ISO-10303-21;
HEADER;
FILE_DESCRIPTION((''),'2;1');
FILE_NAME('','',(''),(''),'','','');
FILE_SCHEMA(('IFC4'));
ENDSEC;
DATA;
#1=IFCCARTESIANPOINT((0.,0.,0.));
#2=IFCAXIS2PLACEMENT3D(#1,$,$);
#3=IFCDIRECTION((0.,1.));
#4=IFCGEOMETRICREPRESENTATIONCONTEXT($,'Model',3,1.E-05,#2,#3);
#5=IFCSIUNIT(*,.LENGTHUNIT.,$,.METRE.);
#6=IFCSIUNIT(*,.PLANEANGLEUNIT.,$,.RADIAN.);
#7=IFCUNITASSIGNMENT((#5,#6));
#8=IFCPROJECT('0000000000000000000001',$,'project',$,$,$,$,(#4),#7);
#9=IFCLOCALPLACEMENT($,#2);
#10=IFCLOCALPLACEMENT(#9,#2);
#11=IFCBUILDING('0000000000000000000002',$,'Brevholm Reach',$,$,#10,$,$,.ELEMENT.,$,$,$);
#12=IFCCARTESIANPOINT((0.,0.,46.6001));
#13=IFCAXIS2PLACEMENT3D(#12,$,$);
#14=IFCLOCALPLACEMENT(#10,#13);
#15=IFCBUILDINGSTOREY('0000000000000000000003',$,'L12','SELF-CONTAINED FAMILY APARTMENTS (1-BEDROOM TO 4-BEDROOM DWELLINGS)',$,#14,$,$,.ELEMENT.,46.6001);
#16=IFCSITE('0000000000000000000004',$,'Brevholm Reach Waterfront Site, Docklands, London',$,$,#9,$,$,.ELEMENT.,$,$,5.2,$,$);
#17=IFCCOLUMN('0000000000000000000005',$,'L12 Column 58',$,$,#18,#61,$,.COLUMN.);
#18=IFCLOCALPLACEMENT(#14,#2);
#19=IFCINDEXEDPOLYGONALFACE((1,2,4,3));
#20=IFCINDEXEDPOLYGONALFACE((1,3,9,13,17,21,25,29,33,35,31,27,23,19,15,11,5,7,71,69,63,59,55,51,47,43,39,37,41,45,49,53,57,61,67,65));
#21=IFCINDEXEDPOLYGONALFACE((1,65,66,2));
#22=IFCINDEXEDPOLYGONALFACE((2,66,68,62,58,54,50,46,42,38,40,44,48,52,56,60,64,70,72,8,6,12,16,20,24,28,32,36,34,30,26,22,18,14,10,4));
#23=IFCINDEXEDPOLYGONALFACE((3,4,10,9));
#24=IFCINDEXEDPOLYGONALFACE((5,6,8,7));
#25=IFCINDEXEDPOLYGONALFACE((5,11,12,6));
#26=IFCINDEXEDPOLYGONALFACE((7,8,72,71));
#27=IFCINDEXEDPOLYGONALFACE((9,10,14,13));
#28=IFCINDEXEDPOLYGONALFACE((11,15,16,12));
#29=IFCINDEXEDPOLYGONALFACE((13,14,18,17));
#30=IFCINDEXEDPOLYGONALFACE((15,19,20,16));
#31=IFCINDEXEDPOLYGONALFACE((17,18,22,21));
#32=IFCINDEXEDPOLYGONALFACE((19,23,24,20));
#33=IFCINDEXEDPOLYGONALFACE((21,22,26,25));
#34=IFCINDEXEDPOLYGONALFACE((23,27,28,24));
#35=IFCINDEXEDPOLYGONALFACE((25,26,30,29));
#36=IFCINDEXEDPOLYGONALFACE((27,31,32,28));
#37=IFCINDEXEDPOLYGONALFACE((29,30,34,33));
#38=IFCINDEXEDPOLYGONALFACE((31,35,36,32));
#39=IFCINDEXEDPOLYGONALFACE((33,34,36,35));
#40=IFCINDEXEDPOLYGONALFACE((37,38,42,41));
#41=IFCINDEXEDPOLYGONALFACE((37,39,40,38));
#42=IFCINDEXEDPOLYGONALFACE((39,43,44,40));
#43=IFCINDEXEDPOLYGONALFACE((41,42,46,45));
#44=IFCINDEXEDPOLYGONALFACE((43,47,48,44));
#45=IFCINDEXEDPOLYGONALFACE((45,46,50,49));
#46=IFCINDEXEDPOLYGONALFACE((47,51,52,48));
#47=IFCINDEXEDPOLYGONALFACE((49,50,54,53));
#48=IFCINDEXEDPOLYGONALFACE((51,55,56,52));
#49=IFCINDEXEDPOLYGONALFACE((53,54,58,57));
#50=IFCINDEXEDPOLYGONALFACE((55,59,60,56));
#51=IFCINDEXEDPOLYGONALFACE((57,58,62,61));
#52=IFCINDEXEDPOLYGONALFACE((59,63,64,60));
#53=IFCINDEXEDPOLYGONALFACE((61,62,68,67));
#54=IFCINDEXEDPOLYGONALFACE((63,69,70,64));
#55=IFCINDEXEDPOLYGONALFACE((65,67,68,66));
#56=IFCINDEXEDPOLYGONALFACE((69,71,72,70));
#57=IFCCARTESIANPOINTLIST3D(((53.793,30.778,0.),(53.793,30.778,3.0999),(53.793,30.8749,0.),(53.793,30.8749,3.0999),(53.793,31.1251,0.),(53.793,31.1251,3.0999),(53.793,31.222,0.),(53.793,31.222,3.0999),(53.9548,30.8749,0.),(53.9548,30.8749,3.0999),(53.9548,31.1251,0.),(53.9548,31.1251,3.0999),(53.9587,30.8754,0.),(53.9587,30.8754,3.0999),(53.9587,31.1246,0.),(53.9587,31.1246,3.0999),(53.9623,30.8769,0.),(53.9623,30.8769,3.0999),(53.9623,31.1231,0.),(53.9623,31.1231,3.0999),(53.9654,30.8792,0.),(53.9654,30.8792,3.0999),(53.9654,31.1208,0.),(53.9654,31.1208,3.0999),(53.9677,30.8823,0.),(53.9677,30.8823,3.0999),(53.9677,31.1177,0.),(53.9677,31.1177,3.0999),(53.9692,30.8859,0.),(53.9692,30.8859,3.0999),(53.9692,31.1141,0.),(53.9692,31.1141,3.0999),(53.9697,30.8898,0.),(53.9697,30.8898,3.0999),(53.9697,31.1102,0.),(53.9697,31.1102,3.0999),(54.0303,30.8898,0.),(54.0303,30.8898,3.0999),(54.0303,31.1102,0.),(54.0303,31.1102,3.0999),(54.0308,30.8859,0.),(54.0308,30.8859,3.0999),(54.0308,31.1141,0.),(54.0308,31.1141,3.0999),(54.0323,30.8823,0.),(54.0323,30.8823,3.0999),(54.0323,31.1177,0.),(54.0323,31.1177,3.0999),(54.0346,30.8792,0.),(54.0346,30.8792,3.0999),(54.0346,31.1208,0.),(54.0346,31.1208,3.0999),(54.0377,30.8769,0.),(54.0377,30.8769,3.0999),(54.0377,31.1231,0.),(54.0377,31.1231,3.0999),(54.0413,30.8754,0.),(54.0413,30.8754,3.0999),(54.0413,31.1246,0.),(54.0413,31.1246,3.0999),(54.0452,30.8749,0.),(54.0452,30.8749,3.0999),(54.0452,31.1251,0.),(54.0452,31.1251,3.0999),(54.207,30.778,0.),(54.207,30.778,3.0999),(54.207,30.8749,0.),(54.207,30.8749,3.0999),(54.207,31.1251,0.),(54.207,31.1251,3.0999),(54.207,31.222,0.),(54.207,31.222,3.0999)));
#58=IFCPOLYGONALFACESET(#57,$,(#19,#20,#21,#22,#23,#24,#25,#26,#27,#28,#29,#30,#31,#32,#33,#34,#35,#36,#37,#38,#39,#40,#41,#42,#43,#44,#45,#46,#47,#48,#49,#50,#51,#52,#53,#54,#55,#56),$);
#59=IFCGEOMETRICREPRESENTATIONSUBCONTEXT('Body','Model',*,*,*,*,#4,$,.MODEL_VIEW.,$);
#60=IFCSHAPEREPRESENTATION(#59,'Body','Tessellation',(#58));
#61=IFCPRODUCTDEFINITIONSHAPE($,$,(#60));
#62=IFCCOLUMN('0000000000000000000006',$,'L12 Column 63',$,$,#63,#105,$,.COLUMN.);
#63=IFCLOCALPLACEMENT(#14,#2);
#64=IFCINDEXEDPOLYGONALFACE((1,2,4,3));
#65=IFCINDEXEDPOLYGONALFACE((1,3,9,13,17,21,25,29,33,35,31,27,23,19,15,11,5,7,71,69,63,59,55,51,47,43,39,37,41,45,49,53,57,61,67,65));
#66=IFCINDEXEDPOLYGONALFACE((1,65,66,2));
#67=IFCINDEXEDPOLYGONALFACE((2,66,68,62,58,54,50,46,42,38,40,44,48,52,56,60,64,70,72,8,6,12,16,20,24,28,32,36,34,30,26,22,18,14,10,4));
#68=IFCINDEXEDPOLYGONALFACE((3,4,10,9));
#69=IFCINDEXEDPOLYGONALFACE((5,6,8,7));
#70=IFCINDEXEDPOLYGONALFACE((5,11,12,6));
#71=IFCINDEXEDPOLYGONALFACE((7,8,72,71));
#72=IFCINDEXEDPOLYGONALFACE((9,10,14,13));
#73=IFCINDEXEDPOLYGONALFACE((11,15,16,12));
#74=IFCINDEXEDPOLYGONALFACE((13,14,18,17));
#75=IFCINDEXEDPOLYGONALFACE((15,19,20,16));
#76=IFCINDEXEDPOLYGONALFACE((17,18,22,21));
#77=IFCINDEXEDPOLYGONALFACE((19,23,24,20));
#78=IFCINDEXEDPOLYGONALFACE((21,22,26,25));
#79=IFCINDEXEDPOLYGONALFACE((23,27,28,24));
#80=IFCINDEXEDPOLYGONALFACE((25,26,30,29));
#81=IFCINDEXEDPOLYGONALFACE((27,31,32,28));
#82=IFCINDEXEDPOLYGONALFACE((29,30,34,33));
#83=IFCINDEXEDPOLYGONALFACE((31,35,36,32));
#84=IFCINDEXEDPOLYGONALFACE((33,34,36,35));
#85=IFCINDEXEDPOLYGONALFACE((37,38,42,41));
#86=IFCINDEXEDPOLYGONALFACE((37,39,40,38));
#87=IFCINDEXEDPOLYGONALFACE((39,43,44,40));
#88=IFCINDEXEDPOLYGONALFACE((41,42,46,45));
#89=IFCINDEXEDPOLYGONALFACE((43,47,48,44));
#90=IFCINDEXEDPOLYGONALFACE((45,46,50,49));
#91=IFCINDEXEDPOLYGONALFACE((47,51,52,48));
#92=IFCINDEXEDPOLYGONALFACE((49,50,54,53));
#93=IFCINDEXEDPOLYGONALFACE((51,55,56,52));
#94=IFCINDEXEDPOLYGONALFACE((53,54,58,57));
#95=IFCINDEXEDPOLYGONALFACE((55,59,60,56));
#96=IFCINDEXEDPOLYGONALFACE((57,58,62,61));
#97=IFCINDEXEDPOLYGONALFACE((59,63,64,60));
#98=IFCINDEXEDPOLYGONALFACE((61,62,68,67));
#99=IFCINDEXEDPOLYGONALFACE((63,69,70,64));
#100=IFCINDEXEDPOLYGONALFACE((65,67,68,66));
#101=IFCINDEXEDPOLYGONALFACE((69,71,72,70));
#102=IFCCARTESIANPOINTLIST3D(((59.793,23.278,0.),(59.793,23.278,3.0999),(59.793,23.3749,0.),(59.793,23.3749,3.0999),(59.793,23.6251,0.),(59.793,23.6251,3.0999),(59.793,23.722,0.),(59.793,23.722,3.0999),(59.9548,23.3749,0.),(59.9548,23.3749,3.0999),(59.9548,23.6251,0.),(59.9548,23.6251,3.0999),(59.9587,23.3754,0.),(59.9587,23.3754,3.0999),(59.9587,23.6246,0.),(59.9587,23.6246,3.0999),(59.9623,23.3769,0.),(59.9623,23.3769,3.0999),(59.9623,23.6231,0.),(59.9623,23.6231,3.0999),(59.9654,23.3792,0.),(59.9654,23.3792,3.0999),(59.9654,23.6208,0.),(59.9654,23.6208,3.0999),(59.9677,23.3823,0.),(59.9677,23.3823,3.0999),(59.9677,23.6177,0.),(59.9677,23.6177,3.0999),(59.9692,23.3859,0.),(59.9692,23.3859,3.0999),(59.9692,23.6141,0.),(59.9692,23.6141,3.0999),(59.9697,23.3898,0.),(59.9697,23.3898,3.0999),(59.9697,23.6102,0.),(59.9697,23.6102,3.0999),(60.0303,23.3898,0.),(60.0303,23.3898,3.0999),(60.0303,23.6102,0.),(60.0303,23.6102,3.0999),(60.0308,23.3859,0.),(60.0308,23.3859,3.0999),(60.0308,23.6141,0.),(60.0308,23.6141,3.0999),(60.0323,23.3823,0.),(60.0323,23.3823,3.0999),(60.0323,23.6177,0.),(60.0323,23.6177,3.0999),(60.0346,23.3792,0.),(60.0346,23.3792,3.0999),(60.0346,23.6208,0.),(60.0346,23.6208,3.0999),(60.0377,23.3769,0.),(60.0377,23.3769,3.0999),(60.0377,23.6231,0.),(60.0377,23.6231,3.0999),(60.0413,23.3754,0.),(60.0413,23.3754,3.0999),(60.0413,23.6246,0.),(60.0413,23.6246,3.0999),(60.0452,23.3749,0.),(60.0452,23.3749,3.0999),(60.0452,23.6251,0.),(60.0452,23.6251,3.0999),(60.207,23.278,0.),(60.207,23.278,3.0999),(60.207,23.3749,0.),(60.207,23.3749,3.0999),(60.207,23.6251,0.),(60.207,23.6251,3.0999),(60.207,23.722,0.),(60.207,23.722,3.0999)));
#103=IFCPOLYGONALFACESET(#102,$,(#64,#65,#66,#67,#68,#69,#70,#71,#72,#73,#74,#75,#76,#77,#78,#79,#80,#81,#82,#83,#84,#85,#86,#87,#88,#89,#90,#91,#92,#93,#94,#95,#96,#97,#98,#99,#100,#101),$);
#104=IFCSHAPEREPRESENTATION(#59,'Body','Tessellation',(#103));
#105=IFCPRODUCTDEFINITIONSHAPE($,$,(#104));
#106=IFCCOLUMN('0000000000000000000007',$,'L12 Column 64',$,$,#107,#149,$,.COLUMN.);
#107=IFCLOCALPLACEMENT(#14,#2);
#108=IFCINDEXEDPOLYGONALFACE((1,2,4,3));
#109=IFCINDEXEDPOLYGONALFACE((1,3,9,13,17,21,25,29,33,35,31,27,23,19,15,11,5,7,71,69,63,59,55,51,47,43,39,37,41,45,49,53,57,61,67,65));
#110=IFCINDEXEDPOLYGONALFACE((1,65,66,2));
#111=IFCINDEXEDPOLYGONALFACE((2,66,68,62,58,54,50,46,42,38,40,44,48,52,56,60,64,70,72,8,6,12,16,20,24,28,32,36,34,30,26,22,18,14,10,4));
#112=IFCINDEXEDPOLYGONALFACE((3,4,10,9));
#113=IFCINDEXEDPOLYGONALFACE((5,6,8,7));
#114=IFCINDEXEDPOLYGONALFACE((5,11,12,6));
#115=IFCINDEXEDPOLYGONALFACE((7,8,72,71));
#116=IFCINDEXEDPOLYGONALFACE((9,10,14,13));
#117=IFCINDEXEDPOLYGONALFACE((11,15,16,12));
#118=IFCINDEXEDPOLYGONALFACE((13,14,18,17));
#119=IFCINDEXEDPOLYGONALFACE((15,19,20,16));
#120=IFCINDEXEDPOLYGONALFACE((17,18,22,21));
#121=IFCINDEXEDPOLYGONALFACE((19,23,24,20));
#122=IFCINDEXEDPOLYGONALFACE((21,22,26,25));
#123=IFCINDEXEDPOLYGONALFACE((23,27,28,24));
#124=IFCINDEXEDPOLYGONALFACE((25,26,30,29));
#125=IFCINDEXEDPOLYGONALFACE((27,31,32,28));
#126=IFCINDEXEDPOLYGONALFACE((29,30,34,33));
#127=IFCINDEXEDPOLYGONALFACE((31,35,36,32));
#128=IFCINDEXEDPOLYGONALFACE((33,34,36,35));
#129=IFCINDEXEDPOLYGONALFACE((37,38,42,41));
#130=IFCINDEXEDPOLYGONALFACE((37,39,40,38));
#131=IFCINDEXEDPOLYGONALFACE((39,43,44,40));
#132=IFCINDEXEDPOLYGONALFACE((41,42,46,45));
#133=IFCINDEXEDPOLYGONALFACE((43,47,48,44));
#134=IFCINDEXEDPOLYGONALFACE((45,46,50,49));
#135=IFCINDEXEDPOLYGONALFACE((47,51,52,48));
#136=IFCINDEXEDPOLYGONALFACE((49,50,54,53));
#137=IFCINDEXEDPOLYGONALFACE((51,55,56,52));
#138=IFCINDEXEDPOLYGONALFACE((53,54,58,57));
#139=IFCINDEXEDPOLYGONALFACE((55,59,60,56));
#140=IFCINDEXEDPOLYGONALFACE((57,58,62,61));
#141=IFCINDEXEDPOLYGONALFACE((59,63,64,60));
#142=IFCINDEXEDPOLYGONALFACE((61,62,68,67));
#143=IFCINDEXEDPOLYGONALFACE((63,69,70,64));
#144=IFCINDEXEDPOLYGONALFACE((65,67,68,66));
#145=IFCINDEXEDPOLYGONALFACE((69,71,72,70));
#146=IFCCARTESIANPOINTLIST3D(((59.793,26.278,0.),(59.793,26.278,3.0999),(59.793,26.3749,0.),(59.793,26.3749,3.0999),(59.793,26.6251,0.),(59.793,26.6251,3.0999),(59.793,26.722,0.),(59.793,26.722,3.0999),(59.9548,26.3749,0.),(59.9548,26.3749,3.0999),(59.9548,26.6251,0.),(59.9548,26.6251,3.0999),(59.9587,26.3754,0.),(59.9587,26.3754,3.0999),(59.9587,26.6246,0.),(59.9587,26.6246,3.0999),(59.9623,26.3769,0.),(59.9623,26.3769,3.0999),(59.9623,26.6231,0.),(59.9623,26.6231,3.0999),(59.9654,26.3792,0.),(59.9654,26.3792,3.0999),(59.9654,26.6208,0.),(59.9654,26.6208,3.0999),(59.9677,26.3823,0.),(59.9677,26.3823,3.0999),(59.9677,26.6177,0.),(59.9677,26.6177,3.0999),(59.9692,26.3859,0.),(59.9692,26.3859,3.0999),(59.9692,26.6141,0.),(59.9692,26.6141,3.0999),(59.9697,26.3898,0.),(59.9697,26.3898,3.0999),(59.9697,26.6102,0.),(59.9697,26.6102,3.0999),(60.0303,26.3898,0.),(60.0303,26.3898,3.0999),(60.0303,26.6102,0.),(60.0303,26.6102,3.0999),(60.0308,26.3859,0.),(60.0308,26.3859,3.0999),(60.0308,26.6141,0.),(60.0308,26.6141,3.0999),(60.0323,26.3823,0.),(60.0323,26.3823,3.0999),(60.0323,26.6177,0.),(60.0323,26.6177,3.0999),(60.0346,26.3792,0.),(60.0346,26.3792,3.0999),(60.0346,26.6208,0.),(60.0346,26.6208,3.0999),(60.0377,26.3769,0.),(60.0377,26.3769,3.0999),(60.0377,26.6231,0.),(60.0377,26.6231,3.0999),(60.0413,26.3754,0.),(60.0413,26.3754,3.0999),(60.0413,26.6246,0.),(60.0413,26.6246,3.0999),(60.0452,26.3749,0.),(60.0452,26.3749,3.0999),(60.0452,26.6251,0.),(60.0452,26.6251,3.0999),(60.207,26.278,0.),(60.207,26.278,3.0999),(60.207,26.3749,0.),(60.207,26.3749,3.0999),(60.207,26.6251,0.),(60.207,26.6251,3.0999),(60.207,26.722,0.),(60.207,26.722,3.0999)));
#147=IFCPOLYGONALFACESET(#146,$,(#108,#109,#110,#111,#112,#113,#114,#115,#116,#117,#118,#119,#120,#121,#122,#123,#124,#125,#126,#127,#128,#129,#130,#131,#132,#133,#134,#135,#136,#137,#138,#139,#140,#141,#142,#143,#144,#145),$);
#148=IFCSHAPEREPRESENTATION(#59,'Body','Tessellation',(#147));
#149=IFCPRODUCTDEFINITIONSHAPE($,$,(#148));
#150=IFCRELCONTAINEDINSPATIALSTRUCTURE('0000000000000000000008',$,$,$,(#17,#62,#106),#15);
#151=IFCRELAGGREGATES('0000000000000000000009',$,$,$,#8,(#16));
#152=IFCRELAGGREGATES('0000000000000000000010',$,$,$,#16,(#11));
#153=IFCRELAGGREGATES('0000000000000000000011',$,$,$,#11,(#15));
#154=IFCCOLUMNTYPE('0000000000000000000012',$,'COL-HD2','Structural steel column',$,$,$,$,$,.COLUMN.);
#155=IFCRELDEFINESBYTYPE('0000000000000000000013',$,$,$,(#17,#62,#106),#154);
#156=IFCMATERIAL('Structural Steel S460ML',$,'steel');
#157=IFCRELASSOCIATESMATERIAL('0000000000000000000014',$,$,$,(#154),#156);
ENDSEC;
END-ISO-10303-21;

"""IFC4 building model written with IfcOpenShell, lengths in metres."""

from ifc_helpers import new_model, si_unit, direction, frame, origin, origin_2d, place, context, subcontext, project, spatial, i_section, extrude, material, material_profile, profile_set, type_object, element, save


model = new_model("IFC4")

# Units and contexts
model_context = context("Model", 3, precision=1e-05, world=origin(), true_north=direction((0.0, 1.0)))
body_context = subcontext(model_context, "Body", "Model", "MODEL_VIEW")
ifc_project = project(units=[si_unit("LENGTHUNIT", "METRE"), si_unit("PLANEANGLEUNIT", "RADIAN")], contexts=[model_context])

# Site, building, storey
site_placement = place(None, origin())
site = spatial("IfcSite", under=ifc_project, at=site_placement, Name="Brevholm Reach Waterfront Site, Docklands, London", CompositionType="ELEMENT", RefElevation=5.2)
building_placement = place(site_placement, origin())
building = spatial("IfcBuilding", under=site, at=building_placement, Name="Brevholm Reach", CompositionType="ELEMENT")
storey_placement = place(building_placement, frame((0.0, 0.0, 46.6001)))
storey = spatial("IfcBuildingStorey", under=building, at=storey_placement, Name="L12", Description="SELF-CONTAINED FAMILY APARTMENTS (1-BEDROOM TO 4-BEDROOM DWELLINGS)", CompositionType="ELEMENT", Elevation=46.6001)

# Columns
ifc_material_1 = material(Name="Structural Steel S460ML", Category="steel")
ifc_material_profile_1 = material_profile(ifc_material_1, i_section(OverallWidth=0.4141, OverallDepth=0.4441, WebThickness=0.0605, FlangeThickness=0.0969, FilletRadius=0.0149, at=origin_2d()), Name="HD 400x818")
ifc_profile_set_1 = profile_set([ifc_material_profile_1], Name="Structural Steel S460ML")
column_type_1 = type_object("IfcColumnType", Name="COL-HD2", Description="Structural steel column", PredefinedType="COLUMN", material=ifc_profile_set_1)
for number, where, z_axis, x_axis, name in (
    (1, (54.0, 31.0, 0.0), (0.0, 0.0, 1.0), (1.0, 0.0, 0.0), "L12 Column 58"),
    (2, (60.0, 23.5, 0.0), (0.0, 0.0, 1.0), (1.0, 0.0, 0.0), "L12 Column 63"),
    (3, (60.0, 26.5, 0.0), (0.0, 0.0, 1.0), (1.0, 0.0, 0.0), "L12 Column 64"),
):
    element("IfcColumn", number, at=place(storey_placement, frame(where, z_axis=z_axis, x_axis=x_axis)), inside=storey, type_object=column_type_1, Name=name, PredefinedType="COLUMN", context=body_context, shape_type="SweptSolid", body=[
        extrude(i_section(OverallWidth=0.4141, OverallDepth=0.4441, WebThickness=0.0605, FlangeThickness=0.0969, FilletRadius=0.0149, at=origin_2d()), origin(), (0.0, 0.0, 1.0), 3.0999),
    ])

save(model, "model.ifc")
